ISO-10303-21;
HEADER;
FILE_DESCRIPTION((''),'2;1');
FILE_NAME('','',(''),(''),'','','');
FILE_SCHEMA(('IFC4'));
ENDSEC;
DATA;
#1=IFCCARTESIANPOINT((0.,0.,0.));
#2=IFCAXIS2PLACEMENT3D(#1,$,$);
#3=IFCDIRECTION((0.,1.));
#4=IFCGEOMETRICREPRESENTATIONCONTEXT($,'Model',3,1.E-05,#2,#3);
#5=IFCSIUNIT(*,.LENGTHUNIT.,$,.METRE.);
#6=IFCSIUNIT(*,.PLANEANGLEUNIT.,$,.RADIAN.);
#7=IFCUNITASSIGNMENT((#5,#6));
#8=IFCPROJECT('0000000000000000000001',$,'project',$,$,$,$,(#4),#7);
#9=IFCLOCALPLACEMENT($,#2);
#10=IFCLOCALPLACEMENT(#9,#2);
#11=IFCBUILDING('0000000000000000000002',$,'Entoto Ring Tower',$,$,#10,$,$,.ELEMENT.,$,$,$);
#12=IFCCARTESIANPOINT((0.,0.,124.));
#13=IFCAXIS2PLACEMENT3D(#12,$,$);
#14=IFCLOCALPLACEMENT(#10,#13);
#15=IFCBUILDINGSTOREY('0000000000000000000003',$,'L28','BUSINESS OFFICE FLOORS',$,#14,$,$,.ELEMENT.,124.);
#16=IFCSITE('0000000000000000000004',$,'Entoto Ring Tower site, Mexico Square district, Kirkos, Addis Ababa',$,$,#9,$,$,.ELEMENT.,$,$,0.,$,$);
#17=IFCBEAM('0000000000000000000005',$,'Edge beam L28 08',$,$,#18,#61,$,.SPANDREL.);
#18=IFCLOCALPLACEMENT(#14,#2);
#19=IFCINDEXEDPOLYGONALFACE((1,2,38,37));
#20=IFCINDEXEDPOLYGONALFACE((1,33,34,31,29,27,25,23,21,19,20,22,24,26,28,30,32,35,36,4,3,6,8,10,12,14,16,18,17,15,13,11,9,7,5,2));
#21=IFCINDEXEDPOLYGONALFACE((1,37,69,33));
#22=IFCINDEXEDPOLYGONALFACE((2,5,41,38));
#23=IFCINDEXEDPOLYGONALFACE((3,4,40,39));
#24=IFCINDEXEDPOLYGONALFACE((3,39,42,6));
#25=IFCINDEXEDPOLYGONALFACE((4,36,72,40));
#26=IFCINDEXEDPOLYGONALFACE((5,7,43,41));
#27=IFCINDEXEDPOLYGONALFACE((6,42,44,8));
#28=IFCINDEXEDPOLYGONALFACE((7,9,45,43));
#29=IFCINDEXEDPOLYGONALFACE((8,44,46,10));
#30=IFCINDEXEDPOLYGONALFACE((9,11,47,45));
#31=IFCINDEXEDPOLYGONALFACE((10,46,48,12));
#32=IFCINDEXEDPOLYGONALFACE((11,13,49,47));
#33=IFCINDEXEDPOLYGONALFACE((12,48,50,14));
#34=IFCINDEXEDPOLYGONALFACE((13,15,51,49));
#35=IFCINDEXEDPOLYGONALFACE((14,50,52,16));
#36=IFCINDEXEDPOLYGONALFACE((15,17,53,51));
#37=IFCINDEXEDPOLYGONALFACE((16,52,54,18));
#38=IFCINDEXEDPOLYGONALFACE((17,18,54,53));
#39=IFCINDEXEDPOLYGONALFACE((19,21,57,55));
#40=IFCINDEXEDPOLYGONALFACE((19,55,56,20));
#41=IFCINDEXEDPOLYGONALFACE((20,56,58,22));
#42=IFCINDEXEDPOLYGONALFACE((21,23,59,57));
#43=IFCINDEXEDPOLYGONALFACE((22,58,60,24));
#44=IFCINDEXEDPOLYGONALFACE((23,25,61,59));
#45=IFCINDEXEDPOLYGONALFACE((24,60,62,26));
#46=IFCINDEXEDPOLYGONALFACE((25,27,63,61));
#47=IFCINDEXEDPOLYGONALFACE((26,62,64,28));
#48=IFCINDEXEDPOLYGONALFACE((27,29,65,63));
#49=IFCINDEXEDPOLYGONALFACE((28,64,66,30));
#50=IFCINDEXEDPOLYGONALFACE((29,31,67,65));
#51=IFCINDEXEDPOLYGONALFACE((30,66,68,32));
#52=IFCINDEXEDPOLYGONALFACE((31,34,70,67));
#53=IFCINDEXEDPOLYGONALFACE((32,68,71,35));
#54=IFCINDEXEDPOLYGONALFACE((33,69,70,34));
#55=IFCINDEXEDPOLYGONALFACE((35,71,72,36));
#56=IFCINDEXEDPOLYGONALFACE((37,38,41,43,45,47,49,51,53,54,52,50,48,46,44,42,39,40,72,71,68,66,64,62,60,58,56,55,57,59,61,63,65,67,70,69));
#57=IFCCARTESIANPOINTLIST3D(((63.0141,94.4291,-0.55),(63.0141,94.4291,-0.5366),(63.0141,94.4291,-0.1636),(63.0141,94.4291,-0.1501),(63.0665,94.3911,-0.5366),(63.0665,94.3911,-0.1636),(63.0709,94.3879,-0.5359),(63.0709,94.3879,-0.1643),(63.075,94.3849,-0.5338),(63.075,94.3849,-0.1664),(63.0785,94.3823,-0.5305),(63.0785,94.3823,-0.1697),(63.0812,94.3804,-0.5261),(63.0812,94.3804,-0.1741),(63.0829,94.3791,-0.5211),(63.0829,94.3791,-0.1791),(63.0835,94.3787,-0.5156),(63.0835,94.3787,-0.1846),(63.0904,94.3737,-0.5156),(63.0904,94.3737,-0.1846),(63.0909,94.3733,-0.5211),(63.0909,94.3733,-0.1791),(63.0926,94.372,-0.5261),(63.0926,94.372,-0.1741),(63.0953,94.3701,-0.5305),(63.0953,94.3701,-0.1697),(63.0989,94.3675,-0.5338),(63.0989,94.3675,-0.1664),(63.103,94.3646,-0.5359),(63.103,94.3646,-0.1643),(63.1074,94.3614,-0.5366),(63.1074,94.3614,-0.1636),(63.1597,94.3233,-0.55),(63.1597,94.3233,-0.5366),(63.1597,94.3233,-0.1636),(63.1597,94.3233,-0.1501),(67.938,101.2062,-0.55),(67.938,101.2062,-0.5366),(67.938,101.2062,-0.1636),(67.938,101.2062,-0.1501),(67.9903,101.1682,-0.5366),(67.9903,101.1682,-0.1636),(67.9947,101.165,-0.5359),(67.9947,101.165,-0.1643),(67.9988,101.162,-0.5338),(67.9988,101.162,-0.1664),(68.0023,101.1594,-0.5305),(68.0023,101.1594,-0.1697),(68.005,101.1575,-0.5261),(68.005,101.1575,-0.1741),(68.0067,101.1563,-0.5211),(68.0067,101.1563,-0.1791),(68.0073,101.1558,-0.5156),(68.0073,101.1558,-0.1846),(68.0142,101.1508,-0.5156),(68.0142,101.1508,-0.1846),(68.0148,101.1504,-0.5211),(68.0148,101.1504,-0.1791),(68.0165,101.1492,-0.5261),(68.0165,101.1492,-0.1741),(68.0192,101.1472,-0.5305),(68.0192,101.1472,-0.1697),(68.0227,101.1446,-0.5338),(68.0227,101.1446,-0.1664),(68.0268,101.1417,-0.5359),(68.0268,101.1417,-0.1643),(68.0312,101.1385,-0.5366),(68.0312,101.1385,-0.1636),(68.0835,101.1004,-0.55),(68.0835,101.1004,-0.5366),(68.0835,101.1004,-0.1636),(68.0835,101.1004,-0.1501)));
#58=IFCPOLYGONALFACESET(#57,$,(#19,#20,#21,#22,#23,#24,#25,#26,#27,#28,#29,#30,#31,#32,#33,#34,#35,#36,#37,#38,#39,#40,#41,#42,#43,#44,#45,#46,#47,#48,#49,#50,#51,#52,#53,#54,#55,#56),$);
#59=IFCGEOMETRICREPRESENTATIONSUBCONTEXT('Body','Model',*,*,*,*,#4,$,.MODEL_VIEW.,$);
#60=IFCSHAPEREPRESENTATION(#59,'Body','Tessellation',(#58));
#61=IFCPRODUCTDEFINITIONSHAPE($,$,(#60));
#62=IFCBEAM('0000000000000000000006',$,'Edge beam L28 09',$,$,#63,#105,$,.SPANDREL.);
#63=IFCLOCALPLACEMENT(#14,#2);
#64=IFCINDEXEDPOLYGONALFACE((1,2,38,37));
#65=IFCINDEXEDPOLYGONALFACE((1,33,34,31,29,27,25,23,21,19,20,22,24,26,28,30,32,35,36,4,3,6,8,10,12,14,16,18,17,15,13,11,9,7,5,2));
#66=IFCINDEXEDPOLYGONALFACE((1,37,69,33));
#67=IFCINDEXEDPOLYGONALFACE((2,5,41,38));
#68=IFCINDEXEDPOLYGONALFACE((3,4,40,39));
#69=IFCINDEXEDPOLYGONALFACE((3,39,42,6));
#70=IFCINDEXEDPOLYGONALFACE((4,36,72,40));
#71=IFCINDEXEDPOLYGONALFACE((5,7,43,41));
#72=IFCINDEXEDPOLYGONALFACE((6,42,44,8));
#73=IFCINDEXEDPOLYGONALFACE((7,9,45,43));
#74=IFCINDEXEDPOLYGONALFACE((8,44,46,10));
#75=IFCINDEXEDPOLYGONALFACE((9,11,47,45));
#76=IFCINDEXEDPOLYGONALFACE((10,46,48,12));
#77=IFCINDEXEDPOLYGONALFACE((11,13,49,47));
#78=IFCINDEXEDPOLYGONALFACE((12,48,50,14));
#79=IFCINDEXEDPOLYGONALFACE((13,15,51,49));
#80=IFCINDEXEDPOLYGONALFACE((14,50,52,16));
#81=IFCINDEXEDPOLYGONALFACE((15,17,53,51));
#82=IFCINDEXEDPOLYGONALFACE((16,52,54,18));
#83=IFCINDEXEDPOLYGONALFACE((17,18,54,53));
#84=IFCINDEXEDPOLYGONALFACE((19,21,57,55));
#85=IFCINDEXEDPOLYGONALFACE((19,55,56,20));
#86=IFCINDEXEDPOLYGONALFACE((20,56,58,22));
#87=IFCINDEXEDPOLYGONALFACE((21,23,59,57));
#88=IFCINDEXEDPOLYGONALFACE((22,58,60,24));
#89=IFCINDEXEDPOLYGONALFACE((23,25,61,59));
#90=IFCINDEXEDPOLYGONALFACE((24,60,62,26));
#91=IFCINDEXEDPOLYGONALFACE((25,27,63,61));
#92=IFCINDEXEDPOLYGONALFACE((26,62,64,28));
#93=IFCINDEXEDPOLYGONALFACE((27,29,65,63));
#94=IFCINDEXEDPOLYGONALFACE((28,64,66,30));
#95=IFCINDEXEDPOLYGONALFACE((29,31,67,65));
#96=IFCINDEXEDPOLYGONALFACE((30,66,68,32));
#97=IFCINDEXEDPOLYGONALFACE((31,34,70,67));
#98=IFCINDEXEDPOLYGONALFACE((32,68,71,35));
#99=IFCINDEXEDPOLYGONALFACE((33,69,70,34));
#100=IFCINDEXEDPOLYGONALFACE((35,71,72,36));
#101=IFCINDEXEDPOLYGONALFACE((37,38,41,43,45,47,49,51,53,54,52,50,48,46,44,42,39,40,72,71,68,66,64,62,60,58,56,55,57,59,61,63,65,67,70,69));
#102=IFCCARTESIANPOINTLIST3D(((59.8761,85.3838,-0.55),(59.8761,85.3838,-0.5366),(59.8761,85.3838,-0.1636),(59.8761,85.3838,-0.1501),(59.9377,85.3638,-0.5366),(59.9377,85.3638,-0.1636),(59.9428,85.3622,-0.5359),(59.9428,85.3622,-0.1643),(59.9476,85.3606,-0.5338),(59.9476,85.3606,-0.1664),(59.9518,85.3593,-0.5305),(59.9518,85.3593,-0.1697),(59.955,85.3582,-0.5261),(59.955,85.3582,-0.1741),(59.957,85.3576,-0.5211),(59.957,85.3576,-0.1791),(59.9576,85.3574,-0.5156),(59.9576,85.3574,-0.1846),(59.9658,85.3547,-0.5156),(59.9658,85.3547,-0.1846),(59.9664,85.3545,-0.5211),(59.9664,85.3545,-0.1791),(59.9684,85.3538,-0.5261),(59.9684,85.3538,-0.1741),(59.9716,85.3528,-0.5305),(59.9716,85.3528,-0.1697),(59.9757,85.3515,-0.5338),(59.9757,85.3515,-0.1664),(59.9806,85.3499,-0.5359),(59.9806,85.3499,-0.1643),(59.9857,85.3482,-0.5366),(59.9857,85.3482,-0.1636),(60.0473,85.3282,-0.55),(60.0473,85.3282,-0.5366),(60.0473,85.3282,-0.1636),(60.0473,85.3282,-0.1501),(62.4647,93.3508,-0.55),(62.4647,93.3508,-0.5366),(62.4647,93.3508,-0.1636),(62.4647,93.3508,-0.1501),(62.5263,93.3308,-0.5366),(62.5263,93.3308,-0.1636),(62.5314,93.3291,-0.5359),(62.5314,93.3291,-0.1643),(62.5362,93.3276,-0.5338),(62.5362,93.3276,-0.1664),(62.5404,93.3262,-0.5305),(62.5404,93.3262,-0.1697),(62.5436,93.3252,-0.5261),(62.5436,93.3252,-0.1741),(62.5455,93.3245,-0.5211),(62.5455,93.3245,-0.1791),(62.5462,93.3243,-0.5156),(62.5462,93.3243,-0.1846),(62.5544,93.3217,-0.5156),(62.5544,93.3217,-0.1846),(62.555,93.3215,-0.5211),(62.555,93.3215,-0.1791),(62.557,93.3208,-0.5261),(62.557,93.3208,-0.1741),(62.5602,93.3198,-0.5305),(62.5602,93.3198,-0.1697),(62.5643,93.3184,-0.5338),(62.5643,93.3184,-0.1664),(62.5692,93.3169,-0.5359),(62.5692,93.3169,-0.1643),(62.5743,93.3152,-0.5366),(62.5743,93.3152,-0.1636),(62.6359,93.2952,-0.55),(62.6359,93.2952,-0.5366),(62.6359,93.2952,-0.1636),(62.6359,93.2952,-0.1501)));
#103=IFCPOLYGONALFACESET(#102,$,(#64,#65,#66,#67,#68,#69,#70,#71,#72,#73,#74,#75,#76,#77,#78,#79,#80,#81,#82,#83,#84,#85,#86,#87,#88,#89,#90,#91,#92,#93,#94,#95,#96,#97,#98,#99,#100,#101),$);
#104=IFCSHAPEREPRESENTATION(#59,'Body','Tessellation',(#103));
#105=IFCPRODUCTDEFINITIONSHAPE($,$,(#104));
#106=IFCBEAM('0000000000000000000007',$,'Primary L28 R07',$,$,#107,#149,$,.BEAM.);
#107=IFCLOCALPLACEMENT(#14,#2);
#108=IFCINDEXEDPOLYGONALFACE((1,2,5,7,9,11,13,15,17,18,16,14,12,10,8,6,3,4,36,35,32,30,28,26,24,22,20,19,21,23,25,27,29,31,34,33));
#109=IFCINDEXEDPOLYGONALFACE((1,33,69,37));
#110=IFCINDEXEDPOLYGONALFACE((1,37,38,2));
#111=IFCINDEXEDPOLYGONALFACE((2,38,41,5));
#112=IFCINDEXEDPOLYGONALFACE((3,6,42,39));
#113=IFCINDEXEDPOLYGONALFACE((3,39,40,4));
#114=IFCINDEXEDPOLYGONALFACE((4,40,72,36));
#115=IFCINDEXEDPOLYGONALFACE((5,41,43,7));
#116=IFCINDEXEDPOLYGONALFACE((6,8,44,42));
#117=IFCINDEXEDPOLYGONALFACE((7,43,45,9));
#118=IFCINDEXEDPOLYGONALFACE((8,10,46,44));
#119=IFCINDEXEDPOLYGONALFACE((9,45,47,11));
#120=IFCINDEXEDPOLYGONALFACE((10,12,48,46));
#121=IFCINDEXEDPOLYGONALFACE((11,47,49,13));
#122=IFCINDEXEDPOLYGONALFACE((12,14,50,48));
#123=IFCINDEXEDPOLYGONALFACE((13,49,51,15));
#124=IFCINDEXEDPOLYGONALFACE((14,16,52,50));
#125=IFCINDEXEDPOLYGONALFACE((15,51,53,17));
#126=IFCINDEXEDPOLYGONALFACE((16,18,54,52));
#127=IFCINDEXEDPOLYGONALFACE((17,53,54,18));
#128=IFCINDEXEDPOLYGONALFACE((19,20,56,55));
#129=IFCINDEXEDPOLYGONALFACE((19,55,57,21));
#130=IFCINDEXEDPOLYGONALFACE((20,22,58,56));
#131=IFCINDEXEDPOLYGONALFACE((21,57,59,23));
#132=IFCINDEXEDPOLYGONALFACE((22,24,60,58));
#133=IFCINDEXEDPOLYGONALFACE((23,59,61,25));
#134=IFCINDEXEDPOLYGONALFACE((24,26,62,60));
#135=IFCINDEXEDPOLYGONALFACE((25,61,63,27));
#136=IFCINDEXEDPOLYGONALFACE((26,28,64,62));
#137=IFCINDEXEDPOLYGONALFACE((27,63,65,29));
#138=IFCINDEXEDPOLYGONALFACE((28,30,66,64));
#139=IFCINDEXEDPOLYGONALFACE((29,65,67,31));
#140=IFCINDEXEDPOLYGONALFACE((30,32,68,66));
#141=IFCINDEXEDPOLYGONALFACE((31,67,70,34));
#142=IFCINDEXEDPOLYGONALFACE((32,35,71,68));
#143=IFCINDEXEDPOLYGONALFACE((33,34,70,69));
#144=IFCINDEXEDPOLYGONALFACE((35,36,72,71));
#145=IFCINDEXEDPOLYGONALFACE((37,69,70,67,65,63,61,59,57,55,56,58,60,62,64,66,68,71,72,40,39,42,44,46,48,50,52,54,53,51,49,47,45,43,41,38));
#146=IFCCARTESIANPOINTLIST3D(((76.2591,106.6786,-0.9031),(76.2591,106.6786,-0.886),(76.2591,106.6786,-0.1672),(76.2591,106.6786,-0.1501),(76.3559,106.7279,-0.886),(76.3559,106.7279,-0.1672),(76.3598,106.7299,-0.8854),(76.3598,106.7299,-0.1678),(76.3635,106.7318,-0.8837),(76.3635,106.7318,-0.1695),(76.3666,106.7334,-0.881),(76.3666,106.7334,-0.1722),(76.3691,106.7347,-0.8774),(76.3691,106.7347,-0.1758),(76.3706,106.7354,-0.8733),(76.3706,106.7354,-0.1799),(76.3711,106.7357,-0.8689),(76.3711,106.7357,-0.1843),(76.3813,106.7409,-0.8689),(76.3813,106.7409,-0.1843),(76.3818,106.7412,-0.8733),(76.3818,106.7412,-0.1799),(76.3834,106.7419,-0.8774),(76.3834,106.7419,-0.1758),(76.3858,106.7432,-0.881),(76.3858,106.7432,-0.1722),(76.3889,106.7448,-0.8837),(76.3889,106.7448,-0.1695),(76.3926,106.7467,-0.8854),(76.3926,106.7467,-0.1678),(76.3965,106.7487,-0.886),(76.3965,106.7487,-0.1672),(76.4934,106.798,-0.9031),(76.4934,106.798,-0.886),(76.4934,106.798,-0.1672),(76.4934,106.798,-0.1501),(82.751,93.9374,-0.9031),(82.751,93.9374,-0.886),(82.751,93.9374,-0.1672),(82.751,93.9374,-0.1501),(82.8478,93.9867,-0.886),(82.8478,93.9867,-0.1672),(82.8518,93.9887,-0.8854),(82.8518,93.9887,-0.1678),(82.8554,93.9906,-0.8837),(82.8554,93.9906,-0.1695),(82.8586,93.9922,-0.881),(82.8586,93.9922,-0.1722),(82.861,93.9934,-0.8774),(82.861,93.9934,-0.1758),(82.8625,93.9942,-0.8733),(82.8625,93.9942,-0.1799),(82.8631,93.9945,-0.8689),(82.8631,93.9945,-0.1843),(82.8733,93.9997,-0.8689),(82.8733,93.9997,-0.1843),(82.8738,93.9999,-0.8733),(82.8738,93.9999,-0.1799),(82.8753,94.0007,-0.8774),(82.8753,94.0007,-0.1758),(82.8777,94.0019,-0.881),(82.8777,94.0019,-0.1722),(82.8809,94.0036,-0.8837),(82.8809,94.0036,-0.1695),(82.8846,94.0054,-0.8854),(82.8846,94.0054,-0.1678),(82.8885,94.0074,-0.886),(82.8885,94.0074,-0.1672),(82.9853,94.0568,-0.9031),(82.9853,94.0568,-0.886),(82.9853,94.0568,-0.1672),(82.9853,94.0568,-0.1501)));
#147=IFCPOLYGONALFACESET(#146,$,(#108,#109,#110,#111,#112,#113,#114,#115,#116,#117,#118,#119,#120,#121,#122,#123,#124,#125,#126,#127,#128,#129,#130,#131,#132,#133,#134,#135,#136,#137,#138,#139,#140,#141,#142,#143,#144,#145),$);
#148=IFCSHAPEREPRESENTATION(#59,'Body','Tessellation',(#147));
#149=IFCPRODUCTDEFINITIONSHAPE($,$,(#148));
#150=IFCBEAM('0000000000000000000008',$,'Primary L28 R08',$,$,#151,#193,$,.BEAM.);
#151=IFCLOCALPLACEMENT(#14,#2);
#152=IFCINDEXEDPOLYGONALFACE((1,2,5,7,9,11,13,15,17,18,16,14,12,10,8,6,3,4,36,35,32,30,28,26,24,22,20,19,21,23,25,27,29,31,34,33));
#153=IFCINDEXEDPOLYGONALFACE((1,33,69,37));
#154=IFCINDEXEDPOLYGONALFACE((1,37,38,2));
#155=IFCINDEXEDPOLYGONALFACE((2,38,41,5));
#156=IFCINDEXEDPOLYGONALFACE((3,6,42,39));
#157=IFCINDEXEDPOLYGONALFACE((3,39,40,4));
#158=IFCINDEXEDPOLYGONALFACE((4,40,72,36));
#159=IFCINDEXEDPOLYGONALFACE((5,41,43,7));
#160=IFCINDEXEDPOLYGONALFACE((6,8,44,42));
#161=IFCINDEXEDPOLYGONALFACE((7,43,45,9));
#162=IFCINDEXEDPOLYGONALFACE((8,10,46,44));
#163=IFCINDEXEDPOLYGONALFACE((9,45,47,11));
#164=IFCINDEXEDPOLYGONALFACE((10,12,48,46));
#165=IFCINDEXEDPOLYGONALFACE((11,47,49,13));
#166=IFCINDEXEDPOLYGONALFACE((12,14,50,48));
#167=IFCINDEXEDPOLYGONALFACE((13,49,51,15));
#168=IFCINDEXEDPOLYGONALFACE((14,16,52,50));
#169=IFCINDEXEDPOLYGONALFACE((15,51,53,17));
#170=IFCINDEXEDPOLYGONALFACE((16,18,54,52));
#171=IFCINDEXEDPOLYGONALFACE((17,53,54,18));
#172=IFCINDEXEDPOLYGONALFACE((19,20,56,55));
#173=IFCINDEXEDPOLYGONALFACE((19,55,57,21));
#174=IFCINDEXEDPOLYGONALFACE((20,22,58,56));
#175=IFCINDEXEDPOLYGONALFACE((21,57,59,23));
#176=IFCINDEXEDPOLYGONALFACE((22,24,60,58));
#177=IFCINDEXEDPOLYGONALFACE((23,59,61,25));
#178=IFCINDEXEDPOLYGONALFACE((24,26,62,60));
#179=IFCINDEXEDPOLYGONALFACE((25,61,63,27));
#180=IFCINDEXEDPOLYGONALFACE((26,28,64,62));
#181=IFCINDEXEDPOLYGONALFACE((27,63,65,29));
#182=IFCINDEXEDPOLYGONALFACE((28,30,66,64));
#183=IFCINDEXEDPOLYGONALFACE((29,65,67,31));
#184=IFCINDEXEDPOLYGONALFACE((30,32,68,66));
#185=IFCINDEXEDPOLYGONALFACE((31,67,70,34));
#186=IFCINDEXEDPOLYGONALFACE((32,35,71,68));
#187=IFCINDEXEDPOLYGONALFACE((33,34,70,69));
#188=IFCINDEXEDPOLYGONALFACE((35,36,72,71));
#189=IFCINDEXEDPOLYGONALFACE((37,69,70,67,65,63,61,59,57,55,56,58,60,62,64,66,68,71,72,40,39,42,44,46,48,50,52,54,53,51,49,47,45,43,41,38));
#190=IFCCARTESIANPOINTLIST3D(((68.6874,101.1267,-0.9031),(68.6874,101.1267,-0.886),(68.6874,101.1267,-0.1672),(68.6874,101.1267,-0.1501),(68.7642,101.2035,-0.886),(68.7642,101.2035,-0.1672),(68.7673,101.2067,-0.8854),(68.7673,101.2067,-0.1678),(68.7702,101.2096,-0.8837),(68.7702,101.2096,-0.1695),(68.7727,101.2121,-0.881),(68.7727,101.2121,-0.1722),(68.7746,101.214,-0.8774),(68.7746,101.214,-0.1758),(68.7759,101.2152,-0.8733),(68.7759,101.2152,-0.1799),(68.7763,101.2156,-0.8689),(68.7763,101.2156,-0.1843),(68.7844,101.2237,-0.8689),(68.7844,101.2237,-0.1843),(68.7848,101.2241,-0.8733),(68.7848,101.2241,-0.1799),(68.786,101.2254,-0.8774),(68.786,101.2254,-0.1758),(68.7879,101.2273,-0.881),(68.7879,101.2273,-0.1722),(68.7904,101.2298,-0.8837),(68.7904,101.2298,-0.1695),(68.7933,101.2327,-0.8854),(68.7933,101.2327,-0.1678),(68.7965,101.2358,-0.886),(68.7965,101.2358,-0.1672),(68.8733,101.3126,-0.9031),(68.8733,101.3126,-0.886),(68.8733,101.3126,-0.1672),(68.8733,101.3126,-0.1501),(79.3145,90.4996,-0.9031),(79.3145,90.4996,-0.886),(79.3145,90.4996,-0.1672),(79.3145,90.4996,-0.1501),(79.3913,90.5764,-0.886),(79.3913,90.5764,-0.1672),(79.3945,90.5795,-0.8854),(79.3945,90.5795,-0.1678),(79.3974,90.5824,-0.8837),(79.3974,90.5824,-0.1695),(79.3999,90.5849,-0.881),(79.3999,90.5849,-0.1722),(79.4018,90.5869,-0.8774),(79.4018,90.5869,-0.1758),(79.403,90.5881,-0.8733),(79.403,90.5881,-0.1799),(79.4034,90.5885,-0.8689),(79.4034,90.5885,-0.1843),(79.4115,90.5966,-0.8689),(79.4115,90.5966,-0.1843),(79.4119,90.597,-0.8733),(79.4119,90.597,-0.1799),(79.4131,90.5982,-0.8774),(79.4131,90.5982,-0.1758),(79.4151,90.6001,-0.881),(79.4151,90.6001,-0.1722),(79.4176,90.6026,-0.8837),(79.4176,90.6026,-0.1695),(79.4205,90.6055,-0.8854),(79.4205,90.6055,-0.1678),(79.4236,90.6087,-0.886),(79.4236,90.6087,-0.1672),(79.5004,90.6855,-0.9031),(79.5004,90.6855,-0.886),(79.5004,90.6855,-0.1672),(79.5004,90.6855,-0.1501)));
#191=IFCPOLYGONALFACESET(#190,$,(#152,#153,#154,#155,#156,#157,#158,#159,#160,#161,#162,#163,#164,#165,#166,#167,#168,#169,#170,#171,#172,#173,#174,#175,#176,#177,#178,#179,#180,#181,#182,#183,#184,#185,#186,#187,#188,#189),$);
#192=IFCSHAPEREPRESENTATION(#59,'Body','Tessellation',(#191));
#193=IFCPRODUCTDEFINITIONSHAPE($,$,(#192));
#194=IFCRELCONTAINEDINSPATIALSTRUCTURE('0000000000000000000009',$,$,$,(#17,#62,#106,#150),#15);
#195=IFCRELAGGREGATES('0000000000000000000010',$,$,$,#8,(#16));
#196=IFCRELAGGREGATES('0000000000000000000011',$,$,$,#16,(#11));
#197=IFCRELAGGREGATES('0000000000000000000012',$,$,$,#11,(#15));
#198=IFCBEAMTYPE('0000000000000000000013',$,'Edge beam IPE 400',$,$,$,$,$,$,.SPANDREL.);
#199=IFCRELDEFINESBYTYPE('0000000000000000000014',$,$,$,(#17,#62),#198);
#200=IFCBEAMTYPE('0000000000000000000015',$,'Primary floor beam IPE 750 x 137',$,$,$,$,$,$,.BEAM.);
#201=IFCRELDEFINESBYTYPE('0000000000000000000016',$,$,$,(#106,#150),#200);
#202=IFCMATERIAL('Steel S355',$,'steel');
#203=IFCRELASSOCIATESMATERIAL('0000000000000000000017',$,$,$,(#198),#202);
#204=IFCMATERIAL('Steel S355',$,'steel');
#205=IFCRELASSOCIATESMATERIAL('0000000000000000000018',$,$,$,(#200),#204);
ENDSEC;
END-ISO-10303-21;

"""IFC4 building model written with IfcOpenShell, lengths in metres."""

from ifc_helpers import new_model, si_unit, direction, frame, origin, origin_2d, place, context, subcontext, project, spatial, i_section, extrude, material, material_profile, profile_set, type_object, element, save


model = new_model("IFC4")

# Units and contexts
model_context = context("Model", 3, precision=1e-05, world=origin(), true_north=direction((0.0, 1.0)))
body_context = subcontext(model_context, "Body", "Model", "MODEL_VIEW")
ifc_project = project(units=[si_unit("LENGTHUNIT", "METRE"), si_unit("PLANEANGLEUNIT", "RADIAN")], contexts=[model_context])

# Site, building, storey
site_placement = place(None, origin())
site = spatial("IfcSite", under=ifc_project, at=site_placement, Name="Entoto Ring Tower site, Mexico Square district, Kirkos, Addis Ababa", CompositionType="ELEMENT", RefElevation=0.0)
building_placement = place(site_placement, origin())
building = spatial("IfcBuilding", under=site, at=building_placement, Name="Entoto Ring Tower", CompositionType="ELEMENT")
storey_placement = place(building_placement, frame((0.0, 0.0, 124.0)))
storey = spatial("IfcBuildingStorey", under=building, at=storey_placement, Name="L28", Description="BUSINESS OFFICE FLOORS", CompositionType="ELEMENT", Elevation=124.0)

# Beams
ifc_material_1 = material(Name="Steel S355", Category="steel")
ifc_material_profile_1 = material_profile(ifc_material_1, i_section(OverallWidth=0.1799, OverallDepth=0.3999, WebThickness=0.0085, FlangeThickness=0.0134, FilletRadius=0.021, at=origin_2d()), Name="IPE 400")
ifc_profile_set_1 = profile_set([ifc_material_profile_1], Name="Steel S355")
beam_type_1 = type_object("IfcBeamType", Name="Edge beam IPE 400", PredefinedType="SPANDREL", material=ifc_profile_set_1)
for number, where, z_axis, x_axis, name in (
    (1, (68.0107, 101.1533, -0.3501), (-0.587783, -0.809018, 0.0), (0.809018, -0.587783, 0.0), "Edge beam L28 08"),
    (2, (62.5503, 93.323, -0.3501), (-0.309014, -0.951057, 0.0), (0.951057, -0.309014, 0.0), "Edge beam L28 09"),
):
    element("IfcBeam", number, at=place(storey_placement, frame(where, z_axis=z_axis, x_axis=x_axis)), inside=storey, type_object=beam_type_1, Name=name, PredefinedType="SPANDREL", context=body_context, shape_type="SweptSolid", body=[
        extrude(i_section(OverallWidth=0.1799, OverallDepth=0.3999, WebThickness=0.0085, FlangeThickness=0.0134, FilletRadius=0.021, at=origin_2d()), origin(), (0.0, 0.0, 1.0), 8.377),
    ])
ifc_material_2 = material(Name="Steel S355", Category="steel")
ifc_material_profile_2 = material_profile(ifc_material_2, i_section(OverallWidth=0.2629, OverallDepth=0.7529, WebThickness=0.0115, FlangeThickness=0.0171, FilletRadius=0.0171, at=origin_2d()), Name="IPE 750 x 137")
ifc_profile_set_2 = profile_set([ifc_material_profile_2], Name="Steel S355")
beam_type_2 = type_object("IfcBeamType", Name="Primary floor beam IPE 750 x 137", PredefinedType="BEAM", material=ifc_profile_set_2)
beam_1_placement = place(storey_placement, frame((82.8682, 93.9971, -0.5266), z_axis=(-0.453989, 0.891007, 0.0), x_axis=(-0.891007, -0.453989, 0.0)))
element("IfcBeam", 3, at=beam_1_placement, inside=storey, type_object=beam_type_2, Name="Primary L28 R07", PredefinedType="BEAM", context=body_context, shape_type="SweptSolid", body=[
    extrude(i_section(OverallWidth=0.2629, OverallDepth=0.7529, WebThickness=0.0115, FlangeThickness=0.0171, FilletRadius=0.0171, at=origin_2d()), origin(), (0.0, 0.0, 1.0), 14.2998),
])
beam_2_placement = place(storey_placement, frame((79.4075, 90.5925, -0.5266), z_axis=(-0.707107, 0.707107, 0.0), x_axis=(-0.707107, -0.707107, 0.0)))
element("IfcBeam", 4, at=beam_2_placement, inside=storey, type_object=beam_type_2, Name="Primary L28 R08", PredefinedType="BEAM", context=body_context, shape_type="SweptSolid", body=[
    extrude(i_section(OverallWidth=0.2629, OverallDepth=0.7529, WebThickness=0.0115, FlangeThickness=0.0171, FilletRadius=0.0171, at=origin_2d()), origin(), (0.0, 0.0, 1.0), 15.0291),
])

save(model, "model.ifc")
